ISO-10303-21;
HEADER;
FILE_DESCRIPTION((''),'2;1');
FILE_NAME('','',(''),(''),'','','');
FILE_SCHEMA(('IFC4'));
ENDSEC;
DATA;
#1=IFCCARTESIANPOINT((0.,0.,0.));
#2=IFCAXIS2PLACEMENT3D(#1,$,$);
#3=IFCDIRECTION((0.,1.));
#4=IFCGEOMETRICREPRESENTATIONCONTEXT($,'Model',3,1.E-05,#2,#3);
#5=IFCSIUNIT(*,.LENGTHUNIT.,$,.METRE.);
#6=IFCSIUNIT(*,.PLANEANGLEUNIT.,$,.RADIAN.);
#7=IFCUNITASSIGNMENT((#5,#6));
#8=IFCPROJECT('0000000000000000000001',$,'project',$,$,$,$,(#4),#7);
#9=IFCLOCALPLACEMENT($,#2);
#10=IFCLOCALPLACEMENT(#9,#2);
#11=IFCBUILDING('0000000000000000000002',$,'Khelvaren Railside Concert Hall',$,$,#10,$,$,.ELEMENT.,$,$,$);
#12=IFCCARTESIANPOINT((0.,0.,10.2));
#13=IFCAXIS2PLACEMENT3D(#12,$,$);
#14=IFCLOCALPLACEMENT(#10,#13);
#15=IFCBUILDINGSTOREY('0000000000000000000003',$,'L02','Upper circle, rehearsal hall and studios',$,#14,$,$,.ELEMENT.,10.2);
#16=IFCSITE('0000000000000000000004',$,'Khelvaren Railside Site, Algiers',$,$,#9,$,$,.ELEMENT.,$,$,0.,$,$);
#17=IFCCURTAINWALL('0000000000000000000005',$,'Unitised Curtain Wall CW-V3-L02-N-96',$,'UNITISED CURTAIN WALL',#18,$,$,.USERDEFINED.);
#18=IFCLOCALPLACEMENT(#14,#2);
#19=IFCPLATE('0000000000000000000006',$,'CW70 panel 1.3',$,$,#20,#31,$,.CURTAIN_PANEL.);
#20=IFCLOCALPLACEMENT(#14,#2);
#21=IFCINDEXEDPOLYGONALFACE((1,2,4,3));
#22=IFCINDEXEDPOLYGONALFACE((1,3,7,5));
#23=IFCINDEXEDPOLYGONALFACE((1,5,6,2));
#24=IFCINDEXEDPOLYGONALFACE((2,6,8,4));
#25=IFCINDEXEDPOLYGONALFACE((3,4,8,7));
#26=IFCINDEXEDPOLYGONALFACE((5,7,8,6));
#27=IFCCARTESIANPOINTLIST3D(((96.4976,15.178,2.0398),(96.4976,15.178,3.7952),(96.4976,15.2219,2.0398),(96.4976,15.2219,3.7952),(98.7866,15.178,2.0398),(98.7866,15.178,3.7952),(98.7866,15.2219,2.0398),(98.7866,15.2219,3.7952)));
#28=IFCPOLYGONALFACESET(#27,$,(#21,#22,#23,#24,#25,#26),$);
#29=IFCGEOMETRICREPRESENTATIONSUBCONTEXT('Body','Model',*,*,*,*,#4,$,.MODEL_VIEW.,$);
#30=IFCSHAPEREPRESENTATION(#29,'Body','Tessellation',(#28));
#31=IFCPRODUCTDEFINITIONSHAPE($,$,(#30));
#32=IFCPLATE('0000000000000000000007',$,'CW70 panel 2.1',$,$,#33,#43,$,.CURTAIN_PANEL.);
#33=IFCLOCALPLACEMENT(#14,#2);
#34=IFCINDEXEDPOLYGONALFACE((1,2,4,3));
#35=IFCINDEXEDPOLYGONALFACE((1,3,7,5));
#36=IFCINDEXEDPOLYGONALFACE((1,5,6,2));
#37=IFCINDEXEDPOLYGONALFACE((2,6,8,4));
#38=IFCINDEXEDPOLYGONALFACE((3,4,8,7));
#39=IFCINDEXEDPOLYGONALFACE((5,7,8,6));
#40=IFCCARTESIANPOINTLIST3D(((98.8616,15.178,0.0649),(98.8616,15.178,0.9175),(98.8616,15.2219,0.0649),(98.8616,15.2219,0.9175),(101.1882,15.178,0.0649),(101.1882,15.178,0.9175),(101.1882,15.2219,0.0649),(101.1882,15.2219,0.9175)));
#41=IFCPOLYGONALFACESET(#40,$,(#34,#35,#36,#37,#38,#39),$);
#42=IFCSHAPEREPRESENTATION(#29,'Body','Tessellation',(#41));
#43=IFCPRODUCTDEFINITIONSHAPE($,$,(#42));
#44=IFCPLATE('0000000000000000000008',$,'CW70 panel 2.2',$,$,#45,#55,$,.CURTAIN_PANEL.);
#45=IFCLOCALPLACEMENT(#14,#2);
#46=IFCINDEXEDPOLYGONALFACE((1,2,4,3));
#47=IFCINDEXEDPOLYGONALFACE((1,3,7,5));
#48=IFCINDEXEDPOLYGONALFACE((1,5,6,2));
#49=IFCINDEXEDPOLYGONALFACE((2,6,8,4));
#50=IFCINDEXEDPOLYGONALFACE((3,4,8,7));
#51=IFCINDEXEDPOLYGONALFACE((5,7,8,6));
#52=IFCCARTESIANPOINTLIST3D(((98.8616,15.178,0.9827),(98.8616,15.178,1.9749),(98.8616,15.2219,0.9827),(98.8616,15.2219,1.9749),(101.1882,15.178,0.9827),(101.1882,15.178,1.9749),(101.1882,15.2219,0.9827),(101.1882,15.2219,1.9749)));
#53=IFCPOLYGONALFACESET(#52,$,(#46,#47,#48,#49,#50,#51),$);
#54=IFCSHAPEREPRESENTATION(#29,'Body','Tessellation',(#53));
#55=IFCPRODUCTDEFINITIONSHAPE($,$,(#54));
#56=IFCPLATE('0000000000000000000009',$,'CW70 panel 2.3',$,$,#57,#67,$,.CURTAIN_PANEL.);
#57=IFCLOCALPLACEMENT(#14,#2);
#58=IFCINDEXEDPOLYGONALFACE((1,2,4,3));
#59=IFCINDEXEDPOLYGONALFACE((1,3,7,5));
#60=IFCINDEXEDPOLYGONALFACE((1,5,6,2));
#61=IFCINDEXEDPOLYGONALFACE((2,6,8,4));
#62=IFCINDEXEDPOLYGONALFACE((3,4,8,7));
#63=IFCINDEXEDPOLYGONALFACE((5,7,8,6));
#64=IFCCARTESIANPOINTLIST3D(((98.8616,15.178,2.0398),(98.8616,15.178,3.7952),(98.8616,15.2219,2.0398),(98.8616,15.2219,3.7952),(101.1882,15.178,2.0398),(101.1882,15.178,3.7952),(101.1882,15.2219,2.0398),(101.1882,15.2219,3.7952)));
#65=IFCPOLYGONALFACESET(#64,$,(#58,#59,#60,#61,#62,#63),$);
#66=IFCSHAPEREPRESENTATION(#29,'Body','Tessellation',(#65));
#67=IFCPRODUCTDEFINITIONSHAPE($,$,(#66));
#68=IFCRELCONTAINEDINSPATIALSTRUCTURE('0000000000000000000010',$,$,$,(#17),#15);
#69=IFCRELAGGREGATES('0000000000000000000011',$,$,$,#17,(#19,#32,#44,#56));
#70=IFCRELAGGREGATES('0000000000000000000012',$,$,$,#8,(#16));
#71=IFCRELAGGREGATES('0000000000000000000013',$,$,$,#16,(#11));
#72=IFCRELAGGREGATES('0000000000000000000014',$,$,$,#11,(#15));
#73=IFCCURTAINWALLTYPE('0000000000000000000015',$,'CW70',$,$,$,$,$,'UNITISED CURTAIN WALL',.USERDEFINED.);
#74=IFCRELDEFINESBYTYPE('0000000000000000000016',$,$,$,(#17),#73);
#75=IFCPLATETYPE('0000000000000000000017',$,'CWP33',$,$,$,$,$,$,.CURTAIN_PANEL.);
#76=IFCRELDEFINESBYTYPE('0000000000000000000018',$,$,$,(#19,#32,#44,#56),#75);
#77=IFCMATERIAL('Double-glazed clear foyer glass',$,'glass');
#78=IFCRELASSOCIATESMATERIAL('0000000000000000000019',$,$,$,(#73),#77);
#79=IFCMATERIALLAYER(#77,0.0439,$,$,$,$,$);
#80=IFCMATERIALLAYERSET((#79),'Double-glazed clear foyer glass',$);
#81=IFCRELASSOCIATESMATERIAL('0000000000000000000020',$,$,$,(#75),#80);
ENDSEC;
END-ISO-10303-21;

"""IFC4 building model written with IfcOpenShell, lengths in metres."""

from ifc_helpers import new_model, si_unit, direction, frame, origin, origin_2d, place, context, subcontext, project, spatial, rectangle, extrude, material, layer, layer_set, type_object, element, aggregate, save


model = new_model("IFC4")

# Units and contexts
model_context = context("Model", 3, precision=1e-05, world=origin(), true_north=direction((0.0, 1.0)))
body_context = subcontext(model_context, "Body", "Model", "MODEL_VIEW")
ifc_project = project(units=[si_unit("LENGTHUNIT", "METRE"), si_unit("PLANEANGLEUNIT", "RADIAN")], contexts=[model_context])

# Site, building, storey
site_placement = place(None, origin())
site = spatial("IfcSite", under=ifc_project, at=site_placement, Name="Khelvaren Railside Site, Algiers", CompositionType="ELEMENT", RefElevation=0.0)
building_placement = place(site_placement, origin())
building = spatial("IfcBuilding", under=site, at=building_placement, Name="Khelvaren Railside Concert Hall", CompositionType="ELEMENT")
storey_placement = place(building_placement, frame((0.0, 0.0, 10.2)))
storey = spatial("IfcBuildingStorey", under=building, at=storey_placement, Name="L02", Description="Upper circle, rehearsal hall and studios", CompositionType="ELEMENT", Elevation=10.2)

# Shared definitions
ifc_material_1 = material(Name="Double-glazed clear foyer glass", Category="glass")

# Curtain wall
curtain_wall_type_1 = type_object("IfcCurtainWallType", Name="CW70", ElementType="UNITISED CURTAIN WALL", PredefinedType="USERDEFINED", material=ifc_material_1)
curtain_wall_1_placement = place(storey_placement, origin())
curtain_wall_1 = element("IfcCurtainWall", 1, at=curtain_wall_1_placement, inside=storey, type_object=curtain_wall_type_1, Name="Unitised Curtain Wall CW-V3-L02-N-96", ObjectType="UNITISED CURTAIN WALL", PredefinedType="USERDEFINED")

# Plates
ifc_layer = layer(ifc_material_1, 0.0439)
ifc_layer_set = layer_set([ifc_layer], Name="Double-glazed clear foyer glass")
plate_type = type_object("IfcPlateType", Name="CWP33", PredefinedType="CURTAIN_PANEL", material=ifc_layer_set)
plate_1_placement = place(storey_placement, frame((97.6421, 15.2, 2.0398), z_axis=(0.0, 0.0, 1.0), x_axis=(1.0, 0.0, 0.0)))
plate_1 = element("IfcPlate", 2, at=plate_1_placement, type_object=plate_type, Name="CW70 panel 1.3", PredefinedType="CURTAIN_PANEL", context=body_context, shape_type="SweptSolid", body=[
    extrude(rectangle(XDim=2.2891, YDim=0.0439, at=origin_2d()), origin(), (0.0, 0.0, 1.0), 1.7554),
])
plate_2_placement = place(storey_placement, frame((100.0249, 15.2, 0.0649), z_axis=(0.0, 0.0, 1.0), x_axis=(1.0, 0.0, 0.0)))
plate_2 = element("IfcPlate", 3, at=plate_2_placement, type_object=plate_type, Name="CW70 panel 2.1", PredefinedType="CURTAIN_PANEL", context=body_context, shape_type="SweptSolid", body=[
    extrude(rectangle(XDim=2.3267, YDim=0.0439, at=origin_2d()), origin(), (0.0, 0.0, 1.0), 0.8525),
])
plate_3_placement = place(storey_placement, frame((100.0249, 15.2, 0.9827), z_axis=(0.0, 0.0, 1.0), x_axis=(1.0, 0.0, 0.0)))
plate_3 = element("IfcPlate", 4, at=plate_3_placement, type_object=plate_type, Name="CW70 panel 2.2", PredefinedType="CURTAIN_PANEL", context=body_context, shape_type="SweptSolid", body=[
    extrude(rectangle(XDim=2.3267, YDim=0.0439, at=origin_2d()), origin(), (0.0, 0.0, 1.0), 0.9922),
])
plate_4_placement = place(storey_placement, frame((100.0249, 15.2, 2.0398), z_axis=(0.0, 0.0, 1.0), x_axis=(1.0, 0.0, 0.0)))
plate_4 = element("IfcPlate", 5, at=plate_4_placement, type_object=plate_type, Name="CW70 panel 2.3", PredefinedType="CURTAIN_PANEL", context=body_context, shape_type="SweptSolid", body=[
    extrude(rectangle(XDim=2.3267, YDim=0.0439, at=origin_2d()), origin(), (0.0, 0.0, 1.0), 1.7554),
])
aggregate(curtain_wall_1, [plate_1, plate_2, plate_3, plate_4])

save(model, "model.ifc")
